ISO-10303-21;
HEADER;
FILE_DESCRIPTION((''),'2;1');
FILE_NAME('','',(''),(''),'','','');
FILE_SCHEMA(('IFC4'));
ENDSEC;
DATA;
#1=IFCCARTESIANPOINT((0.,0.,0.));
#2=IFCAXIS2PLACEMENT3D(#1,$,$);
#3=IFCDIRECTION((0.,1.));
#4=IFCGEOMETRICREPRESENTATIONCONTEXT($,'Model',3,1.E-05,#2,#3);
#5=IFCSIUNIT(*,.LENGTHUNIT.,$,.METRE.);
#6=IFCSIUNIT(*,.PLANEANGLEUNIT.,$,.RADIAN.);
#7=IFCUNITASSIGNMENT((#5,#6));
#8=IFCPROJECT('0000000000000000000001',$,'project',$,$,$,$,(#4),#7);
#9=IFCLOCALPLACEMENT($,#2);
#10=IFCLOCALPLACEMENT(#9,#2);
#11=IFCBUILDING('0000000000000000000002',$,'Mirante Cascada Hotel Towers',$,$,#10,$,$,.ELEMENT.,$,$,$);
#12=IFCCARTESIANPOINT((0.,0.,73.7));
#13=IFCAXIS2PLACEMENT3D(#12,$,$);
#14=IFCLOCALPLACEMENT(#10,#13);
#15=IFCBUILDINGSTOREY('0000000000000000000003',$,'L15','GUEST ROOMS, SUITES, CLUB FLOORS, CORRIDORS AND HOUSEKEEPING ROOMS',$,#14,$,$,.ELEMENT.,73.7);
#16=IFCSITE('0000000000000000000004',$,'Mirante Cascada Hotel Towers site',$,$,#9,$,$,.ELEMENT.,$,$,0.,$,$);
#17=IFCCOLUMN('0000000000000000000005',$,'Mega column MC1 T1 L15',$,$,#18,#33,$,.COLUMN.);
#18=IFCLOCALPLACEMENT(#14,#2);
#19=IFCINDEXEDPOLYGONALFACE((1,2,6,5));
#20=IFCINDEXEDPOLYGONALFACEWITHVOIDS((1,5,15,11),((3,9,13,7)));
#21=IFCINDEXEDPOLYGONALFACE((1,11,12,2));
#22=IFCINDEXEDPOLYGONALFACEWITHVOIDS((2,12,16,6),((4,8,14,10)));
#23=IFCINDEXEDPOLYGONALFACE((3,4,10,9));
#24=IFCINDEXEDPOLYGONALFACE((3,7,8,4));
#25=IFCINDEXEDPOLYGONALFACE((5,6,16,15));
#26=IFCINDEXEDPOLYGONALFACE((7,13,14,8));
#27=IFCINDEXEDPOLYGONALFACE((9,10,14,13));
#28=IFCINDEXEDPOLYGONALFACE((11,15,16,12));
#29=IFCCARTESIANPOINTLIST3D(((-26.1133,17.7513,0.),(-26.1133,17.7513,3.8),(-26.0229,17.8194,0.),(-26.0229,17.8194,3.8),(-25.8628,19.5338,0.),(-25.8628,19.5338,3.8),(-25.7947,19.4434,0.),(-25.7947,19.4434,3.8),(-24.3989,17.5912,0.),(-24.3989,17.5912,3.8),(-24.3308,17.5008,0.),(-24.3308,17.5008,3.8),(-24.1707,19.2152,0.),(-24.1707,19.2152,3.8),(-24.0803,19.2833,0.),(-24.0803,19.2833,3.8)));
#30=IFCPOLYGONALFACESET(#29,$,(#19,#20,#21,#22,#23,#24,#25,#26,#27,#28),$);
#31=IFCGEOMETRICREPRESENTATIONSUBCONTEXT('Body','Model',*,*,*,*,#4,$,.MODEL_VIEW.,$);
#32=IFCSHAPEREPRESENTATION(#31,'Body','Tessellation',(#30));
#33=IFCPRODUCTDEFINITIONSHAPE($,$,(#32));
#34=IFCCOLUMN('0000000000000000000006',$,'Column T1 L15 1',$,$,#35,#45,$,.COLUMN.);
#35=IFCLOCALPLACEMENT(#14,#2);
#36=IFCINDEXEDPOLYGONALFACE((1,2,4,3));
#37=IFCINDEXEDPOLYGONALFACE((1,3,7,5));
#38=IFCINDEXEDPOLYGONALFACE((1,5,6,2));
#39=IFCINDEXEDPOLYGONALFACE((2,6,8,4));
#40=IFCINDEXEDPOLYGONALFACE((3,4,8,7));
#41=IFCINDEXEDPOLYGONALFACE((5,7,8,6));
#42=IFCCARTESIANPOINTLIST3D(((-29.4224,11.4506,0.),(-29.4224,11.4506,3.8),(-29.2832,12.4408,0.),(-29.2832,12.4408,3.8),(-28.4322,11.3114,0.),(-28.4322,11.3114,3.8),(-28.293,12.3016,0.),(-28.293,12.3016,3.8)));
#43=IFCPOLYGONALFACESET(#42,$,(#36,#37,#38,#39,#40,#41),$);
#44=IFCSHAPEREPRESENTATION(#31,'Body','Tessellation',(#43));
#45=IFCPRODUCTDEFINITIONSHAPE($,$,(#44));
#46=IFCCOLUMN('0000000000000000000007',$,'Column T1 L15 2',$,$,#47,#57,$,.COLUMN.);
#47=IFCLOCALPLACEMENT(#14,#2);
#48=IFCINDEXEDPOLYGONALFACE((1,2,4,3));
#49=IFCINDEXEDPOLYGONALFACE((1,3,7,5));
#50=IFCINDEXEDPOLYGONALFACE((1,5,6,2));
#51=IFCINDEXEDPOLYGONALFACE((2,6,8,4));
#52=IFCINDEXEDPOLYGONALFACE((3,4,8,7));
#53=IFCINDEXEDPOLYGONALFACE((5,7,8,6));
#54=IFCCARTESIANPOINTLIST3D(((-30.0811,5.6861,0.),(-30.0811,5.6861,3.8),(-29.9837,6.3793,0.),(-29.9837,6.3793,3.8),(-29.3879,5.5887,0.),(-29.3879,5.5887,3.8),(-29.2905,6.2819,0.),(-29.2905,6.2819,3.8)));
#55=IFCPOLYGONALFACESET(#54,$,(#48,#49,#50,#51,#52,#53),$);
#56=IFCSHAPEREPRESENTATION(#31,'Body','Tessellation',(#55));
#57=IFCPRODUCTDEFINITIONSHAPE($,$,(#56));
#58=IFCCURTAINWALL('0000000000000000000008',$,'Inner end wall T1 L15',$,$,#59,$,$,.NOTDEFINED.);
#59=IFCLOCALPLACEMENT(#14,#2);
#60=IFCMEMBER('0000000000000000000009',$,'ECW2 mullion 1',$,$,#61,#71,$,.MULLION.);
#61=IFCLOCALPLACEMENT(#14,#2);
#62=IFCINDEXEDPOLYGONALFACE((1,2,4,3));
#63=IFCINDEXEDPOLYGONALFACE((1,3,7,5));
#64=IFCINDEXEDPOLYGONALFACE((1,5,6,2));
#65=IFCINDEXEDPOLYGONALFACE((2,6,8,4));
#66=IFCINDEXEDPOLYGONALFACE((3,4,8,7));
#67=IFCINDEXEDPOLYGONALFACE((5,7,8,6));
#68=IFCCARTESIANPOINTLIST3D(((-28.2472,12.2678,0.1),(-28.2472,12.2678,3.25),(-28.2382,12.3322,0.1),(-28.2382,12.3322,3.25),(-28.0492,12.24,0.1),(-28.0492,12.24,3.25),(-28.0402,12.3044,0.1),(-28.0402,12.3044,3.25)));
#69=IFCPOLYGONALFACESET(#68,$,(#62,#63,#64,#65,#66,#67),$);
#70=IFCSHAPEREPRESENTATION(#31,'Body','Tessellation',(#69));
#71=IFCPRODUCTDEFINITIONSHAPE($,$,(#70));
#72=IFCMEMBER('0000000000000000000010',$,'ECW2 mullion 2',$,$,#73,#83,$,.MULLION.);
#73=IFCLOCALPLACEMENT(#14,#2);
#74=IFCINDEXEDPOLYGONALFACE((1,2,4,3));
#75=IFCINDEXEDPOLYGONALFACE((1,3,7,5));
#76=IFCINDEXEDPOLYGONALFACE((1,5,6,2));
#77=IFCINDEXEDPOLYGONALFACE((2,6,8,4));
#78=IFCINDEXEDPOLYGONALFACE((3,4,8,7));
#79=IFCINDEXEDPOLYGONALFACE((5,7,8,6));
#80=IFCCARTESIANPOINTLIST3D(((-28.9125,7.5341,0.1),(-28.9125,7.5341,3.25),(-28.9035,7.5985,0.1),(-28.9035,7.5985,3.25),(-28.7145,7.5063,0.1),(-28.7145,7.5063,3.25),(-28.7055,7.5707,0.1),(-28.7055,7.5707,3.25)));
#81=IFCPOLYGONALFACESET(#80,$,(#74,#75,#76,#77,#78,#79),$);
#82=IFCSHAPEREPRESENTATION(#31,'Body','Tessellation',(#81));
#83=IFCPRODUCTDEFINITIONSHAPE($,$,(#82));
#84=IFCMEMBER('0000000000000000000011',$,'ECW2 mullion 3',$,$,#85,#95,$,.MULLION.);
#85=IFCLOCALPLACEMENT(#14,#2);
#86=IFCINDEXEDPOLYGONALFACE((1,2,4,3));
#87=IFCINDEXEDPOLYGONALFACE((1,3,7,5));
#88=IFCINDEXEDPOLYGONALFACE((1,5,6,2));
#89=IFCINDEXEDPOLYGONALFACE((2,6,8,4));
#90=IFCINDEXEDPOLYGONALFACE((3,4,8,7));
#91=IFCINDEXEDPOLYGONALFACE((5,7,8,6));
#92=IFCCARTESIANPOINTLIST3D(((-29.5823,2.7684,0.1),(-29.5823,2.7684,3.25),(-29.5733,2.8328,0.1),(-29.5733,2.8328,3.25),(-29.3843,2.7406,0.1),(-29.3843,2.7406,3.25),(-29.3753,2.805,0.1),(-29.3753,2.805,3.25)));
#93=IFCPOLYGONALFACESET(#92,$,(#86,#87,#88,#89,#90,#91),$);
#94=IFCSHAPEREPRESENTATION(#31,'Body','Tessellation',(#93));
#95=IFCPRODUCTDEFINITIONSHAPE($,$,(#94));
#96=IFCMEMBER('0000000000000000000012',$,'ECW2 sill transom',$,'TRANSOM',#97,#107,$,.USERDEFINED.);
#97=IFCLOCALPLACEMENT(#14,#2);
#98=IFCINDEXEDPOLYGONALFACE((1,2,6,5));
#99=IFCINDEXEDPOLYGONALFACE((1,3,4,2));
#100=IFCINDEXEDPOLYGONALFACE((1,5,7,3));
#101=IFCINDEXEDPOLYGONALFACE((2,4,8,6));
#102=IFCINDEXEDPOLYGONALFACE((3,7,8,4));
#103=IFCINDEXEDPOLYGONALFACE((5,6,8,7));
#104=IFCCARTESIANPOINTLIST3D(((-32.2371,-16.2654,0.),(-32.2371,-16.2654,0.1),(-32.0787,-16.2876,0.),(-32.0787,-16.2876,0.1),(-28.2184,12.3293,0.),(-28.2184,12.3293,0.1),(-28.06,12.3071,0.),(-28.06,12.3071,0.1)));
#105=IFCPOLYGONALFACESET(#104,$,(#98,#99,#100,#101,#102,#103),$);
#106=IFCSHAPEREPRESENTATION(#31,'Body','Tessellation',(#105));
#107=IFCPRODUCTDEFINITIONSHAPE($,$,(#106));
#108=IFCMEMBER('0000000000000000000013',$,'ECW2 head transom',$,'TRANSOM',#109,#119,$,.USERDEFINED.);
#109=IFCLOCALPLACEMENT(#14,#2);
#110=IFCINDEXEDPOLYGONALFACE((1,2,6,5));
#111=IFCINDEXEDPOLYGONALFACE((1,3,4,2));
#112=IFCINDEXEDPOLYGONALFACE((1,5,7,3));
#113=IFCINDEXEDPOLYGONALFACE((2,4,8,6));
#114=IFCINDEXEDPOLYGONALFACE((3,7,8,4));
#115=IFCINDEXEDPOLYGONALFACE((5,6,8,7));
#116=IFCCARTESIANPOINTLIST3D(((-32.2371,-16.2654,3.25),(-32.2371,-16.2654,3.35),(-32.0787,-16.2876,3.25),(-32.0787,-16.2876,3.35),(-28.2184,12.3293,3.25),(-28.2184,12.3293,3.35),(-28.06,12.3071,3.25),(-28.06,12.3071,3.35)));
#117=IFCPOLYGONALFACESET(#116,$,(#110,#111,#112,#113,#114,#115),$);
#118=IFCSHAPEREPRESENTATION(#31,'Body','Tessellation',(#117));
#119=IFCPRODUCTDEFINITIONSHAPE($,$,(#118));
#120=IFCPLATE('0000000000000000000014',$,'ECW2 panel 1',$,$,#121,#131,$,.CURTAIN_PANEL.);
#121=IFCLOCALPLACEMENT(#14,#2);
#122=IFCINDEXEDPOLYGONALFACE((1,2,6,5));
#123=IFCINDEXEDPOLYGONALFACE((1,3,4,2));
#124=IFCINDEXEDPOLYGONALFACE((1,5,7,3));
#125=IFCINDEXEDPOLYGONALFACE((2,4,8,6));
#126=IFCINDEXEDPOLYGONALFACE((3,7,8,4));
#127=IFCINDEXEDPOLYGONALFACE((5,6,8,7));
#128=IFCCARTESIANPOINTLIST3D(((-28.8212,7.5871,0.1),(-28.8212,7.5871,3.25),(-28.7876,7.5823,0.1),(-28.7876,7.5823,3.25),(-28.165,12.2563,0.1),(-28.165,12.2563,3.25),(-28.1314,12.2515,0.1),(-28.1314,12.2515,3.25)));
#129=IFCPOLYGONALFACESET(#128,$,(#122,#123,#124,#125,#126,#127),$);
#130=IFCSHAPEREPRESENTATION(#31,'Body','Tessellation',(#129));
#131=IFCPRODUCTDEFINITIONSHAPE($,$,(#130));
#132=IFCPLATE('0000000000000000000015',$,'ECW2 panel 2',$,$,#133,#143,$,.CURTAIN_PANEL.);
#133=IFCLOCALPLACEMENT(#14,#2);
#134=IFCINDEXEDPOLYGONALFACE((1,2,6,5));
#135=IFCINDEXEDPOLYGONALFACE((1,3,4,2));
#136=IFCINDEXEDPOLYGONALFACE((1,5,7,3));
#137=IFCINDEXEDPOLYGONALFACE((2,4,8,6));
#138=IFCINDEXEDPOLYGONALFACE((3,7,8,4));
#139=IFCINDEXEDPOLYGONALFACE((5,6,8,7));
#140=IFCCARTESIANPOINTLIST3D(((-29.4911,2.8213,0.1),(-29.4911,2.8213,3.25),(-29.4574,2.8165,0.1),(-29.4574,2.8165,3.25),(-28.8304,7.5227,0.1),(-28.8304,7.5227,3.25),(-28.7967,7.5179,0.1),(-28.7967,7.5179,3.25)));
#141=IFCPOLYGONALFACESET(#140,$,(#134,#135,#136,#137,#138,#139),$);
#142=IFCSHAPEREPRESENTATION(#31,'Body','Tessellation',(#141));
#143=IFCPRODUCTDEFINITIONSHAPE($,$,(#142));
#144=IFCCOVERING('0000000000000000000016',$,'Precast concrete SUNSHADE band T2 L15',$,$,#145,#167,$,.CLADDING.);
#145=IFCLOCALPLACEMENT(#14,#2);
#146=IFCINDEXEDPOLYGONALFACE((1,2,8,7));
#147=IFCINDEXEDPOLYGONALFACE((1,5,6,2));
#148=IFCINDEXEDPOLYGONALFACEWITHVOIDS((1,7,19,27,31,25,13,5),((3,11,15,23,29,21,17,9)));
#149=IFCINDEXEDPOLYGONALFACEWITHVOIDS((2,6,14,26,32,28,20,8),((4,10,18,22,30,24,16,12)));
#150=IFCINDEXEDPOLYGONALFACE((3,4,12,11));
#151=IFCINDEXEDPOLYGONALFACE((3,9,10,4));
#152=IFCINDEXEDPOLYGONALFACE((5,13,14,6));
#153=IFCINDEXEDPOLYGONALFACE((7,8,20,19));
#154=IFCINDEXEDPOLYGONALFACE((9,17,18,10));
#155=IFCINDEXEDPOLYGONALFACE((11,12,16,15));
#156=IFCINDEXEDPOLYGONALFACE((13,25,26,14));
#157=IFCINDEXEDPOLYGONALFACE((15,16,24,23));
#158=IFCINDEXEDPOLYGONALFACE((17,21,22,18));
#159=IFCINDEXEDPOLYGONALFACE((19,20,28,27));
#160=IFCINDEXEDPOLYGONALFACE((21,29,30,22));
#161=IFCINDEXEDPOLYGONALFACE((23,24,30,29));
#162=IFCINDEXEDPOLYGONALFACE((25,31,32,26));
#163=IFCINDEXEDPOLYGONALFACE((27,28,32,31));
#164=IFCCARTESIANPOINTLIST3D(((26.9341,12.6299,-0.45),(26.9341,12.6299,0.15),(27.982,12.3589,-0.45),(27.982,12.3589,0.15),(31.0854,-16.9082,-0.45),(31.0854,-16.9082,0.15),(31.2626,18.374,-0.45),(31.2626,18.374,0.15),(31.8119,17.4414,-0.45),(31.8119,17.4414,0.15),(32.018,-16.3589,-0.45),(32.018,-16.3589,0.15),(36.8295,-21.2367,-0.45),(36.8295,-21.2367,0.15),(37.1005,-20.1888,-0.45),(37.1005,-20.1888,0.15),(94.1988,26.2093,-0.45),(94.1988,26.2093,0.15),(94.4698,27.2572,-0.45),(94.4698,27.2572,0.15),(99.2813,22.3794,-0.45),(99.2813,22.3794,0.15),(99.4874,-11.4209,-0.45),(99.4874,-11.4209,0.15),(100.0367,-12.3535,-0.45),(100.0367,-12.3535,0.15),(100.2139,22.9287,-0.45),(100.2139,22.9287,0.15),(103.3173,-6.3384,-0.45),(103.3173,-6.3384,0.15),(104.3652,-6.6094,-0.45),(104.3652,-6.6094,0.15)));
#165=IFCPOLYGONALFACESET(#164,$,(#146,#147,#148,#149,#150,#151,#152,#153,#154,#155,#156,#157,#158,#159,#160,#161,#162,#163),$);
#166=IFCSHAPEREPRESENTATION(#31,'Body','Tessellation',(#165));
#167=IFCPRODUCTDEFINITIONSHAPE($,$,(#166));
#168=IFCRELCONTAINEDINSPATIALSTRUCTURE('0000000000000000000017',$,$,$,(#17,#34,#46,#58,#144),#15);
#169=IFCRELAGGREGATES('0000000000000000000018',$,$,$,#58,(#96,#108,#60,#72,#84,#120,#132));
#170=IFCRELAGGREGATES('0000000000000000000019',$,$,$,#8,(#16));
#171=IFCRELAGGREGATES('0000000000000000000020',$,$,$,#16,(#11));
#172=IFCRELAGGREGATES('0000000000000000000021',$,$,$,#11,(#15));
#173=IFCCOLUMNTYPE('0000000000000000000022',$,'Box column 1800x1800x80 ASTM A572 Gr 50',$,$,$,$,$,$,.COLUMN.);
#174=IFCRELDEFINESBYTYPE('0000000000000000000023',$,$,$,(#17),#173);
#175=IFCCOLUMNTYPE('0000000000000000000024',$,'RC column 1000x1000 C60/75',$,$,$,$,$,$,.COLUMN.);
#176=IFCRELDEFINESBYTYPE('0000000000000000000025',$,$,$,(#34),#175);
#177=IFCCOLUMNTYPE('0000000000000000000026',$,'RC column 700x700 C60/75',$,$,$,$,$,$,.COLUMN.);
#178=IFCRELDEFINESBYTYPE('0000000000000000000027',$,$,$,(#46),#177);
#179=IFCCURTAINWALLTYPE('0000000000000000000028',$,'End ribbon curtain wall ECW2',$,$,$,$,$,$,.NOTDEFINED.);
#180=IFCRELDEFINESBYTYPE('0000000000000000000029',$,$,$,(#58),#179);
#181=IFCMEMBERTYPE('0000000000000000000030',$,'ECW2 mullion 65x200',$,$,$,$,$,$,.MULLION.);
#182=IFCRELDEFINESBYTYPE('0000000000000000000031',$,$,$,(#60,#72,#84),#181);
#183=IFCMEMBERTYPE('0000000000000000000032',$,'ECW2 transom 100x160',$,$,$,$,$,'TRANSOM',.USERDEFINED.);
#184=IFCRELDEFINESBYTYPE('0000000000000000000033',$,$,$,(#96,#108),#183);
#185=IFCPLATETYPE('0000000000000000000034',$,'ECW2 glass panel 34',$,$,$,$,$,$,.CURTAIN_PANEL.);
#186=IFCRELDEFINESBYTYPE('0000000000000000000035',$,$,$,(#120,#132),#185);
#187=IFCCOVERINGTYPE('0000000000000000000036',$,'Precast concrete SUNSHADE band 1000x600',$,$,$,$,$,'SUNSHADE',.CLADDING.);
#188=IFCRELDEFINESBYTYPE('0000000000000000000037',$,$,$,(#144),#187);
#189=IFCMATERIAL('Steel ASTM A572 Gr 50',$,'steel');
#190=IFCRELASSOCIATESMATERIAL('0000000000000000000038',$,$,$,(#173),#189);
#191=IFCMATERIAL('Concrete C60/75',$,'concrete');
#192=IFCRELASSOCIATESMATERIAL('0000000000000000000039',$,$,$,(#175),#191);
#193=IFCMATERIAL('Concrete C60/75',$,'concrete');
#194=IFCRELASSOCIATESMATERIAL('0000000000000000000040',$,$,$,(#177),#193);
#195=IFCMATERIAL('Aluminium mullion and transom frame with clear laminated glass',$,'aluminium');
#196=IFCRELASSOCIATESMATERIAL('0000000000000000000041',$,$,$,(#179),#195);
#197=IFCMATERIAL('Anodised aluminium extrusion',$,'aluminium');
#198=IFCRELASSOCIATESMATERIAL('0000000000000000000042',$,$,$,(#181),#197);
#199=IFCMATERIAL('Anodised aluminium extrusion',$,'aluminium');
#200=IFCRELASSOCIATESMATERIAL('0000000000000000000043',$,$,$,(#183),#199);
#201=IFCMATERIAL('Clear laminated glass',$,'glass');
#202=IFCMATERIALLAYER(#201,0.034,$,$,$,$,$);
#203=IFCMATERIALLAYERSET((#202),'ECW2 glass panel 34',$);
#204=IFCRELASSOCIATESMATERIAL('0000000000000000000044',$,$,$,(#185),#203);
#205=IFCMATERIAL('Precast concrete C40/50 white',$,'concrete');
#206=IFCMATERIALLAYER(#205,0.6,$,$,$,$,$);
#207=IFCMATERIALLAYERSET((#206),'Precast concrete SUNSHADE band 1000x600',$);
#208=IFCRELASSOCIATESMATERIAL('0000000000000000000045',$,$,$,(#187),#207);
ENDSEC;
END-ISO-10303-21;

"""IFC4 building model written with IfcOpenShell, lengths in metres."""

from ifc_helpers import new_model, si_unit, direction, frame, origin, origin_2d, place, context, subcontext, project, spatial, polyline, rectangle, hollow_rectangle, outline, extrude, material, layer, layer_set, material_profile, profile_set, type_object, element, aggregate, save


model = new_model("IFC4")

# Units and contexts
model_context = context("Model", 3, precision=1e-05, world=origin(), true_north=direction((0.0, 1.0)))
body_context = subcontext(model_context, "Body", "Model", "MODEL_VIEW")
ifc_project = project(units=[si_unit("LENGTHUNIT", "METRE"), si_unit("PLANEANGLEUNIT", "RADIAN")], contexts=[model_context])

# Site, building, storey
site_placement = place(None, origin())
site = spatial("IfcSite", under=ifc_project, at=site_placement, Name="Mirante Cascada Hotel Towers site", CompositionType="ELEMENT", RefElevation=0.0)
building_placement = place(site_placement, origin())
building = spatial("IfcBuilding", under=site, at=building_placement, Name="Mirante Cascada Hotel Towers", CompositionType="ELEMENT")
storey_placement = place(building_placement, frame((0.0, 0.0, 73.7)))
storey = spatial("IfcBuildingStorey", under=building, at=storey_placement, Name="L15", Description="GUEST ROOMS, SUITES, CLUB FLOORS, CORRIDORS AND HOUSEKEEPING ROOMS", CompositionType="ELEMENT", Elevation=73.7)

# Columns
ifc_material_1 = material(Name="Steel ASTM A572 Gr 50", Category="steel")
ifc_material_profile_1 = material_profile(ifc_material_1, hollow_rectangle(XDim=1.8, YDim=1.8, WallThickness=0.08, at=origin_2d()), Name="Box column 1800x1800x80 ASTM A572 Gr 50")
ifc_profile_set_1 = profile_set([ifc_material_profile_1], Name="Steel ASTM A572 Gr 50")
column_type_1 = type_object("IfcColumnType", Name="Box column 1800x1800x80 ASTM A572 Gr 50", PredefinedType="COLUMN", material=ifc_profile_set_1)
column_1_placement = place(storey_placement, frame((-25.0968, 18.5173, 0.0), z_axis=(0.0, 0.0, 1.0), x_axis=(-0.990268, 0.139173, 0.0)))
element("IfcColumn", 1, at=column_1_placement, inside=storey, type_object=column_type_1, Name="Mega column MC1 T1 L15", PredefinedType="COLUMN", context=body_context, shape_type="SweptSolid", body=[
    extrude(hollow_rectangle(XDim=1.8, YDim=1.8, WallThickness=0.08, at=origin_2d()), origin(), (0.0, 0.0, 1.0), 3.8),
])
ifc_material_2 = material(Name="Concrete C60/75", Category="concrete")
ifc_material_profile_2 = material_profile(ifc_material_2, rectangle(XDim=1.0, YDim=1.0, at=origin_2d()), Name="RC column 1000x1000 C60/75")
ifc_profile_set_2 = profile_set([ifc_material_profile_2], Name="Concrete C60/75")
column_type_2 = type_object("IfcColumnType", Name="RC column 1000x1000 C60/75", PredefinedType="COLUMN", material=ifc_profile_set_2)
column_2_placement = place(storey_placement, frame((-28.8577, 11.8761, 0.0), z_axis=(0.0, 0.0, 1.0), x_axis=(-0.990268, 0.139173, 0.0)))
element("IfcColumn", 2, at=column_2_placement, inside=storey, type_object=column_type_2, Name="Column T1 L15 1", PredefinedType="COLUMN", context=body_context, shape_type="SweptSolid", body=[
    extrude(rectangle(XDim=1.0, YDim=1.0, at=origin_2d()), origin(), (0.0, 0.0, 1.0), 3.8),
])
ifc_material_3 = material(Name="Concrete C60/75", Category="concrete")
ifc_material_profile_3 = material_profile(ifc_material_3, rectangle(XDim=0.7, YDim=0.7, at=origin_2d()), Name="RC column 700x700 C60/75")
ifc_profile_set_3 = profile_set([ifc_material_profile_3], Name="Concrete C60/75")
column_type_3 = type_object("IfcColumnType", Name="RC column 700x700 C60/75", PredefinedType="COLUMN", material=ifc_profile_set_3)
column_3_placement = place(storey_placement, frame((-29.6858, 5.984, 0.0), z_axis=(0.0, 0.0, 1.0), x_axis=(-0.990268, 0.139173, 0.0)))
element("IfcColumn", 3, at=column_3_placement, inside=storey, type_object=column_type_3, Name="Column T1 L15 2", PredefinedType="COLUMN", context=body_context, shape_type="SweptSolid", body=[
    extrude(rectangle(XDim=0.7, YDim=0.7, at=origin_2d()), origin(), (0.0, 0.0, 1.0), 3.8),
])

# Curtain wall, members, plates
ifc_material_4 = material(Name="Aluminium mullion and transom frame with clear laminated glass", Category="aluminium")
curtain_wall_type = type_object("IfcCurtainWallType", Name="End ribbon curtain wall ECW2", PredefinedType="NOTDEFINED", material=ifc_material_4)
curtain_wall_placement = place(storey_placement, origin())
curtain_wall = element("IfcCurtainWall", 4, at=curtain_wall_placement, inside=storey, type_object=curtain_wall_type, Name="Inner end wall T1 L15", PredefinedType="NOTDEFINED")
ifc_material_5 = material(Name="Anodised aluminium extrusion", Category="aluminium")
ifc_material_profile_4 = material_profile(ifc_material_5, rectangle(XDim=0.2, YDim=0.065, at=origin_2d()), Name="ECW2 MULLION 65x200")
ifc_profile_set_4 = profile_set([ifc_material_profile_4], Name="Anodised aluminium extrusion")
member_type_1 = type_object("IfcMemberType", Name="ECW2 mullion 65x200", PredefinedType="MULLION", material=ifc_profile_set_4)
member_1_placement = place(storey_placement, frame((-28.1437, 12.2861, 0.1), z_axis=(0.0, 0.0, 1.0), x_axis=(0.990268, -0.139173, 0.0)))
member_1 = element("IfcMember", 5, at=member_1_placement, type_object=member_type_1, Name="ECW2 mullion 1", PredefinedType="MULLION", context=body_context, shape_type="SweptSolid", body=[
    extrude(rectangle(XDim=0.2, YDim=0.065, at=origin_2d()), origin(), (0.0, 0.0, 1.0), 3.15),
])
member_2_placement = place(storey_placement, frame((-28.809, 7.5524, 0.1), z_axis=(0.0, 0.0, 1.0), x_axis=(0.990268, -0.139173, 0.0)))
member_2 = element("IfcMember", 6, at=member_2_placement, type_object=member_type_1, Name="ECW2 mullion 2", PredefinedType="MULLION", context=body_context, shape_type="SweptSolid", body=[
    extrude(rectangle(XDim=0.2, YDim=0.065, at=origin_2d()), origin(), (0.0, 0.0, 1.0), 3.15),
])
member_3_placement = place(storey_placement, frame((-29.4788, 2.7867, 0.1), z_axis=(0.0, 0.0, 1.0), x_axis=(0.990268, -0.139173, 0.0)))
member_3 = element("IfcMember", 7, at=member_3_placement, type_object=member_type_1, Name="ECW2 mullion 3", PredefinedType="MULLION", context=body_context, shape_type="SweptSolid", body=[
    extrude(rectangle(XDim=0.2, YDim=0.065, at=origin_2d()), origin(), (0.0, 0.0, 1.0), 3.15),
])
ifc_material_6 = material(Name="Anodised aluminium extrusion", Category="aluminium")
ifc_material_profile_5 = material_profile(ifc_material_6, rectangle(XDim=0.16, YDim=0.1, at=origin_2d()), Name="ECW2 TRANSOM 100x160")
ifc_profile_set_5 = profile_set([ifc_material_profile_5], Name="Anodised aluminium extrusion")
member_type_2 = type_object("IfcMemberType", Name="ECW2 transom 100x160", ElementType="TRANSOM", PredefinedType="USERDEFINED", material=ifc_profile_set_5)
member_4_placement = place(storey_placement, frame((-28.1392, 12.3182, 0.05), z_axis=(-0.139172, -0.990268, 0.0), x_axis=(0.990268, -0.139172, 0.0)))
member_4 = element("IfcMember", 8, at=member_4_placement, type_object=member_type_2, Name="ECW2 sill transom", ObjectType="TRANSOM", PredefinedType="USERDEFINED", context=body_context, shape_type="SweptSolid", body=[
    extrude(rectangle(XDim=0.16, YDim=0.1, at=origin_2d()), origin(), (0.0, 0.0, 1.0), 28.8757),
])
member_5_placement = place(storey_placement, frame((-28.1392, 12.3182, 3.3), z_axis=(-0.139172, -0.990268, 0.0), x_axis=(0.990268, -0.139172, 0.0)))
member_5 = element("IfcMember", 9, at=member_5_placement, type_object=member_type_2, Name="ECW2 head transom", ObjectType="TRANSOM", PredefinedType="USERDEFINED", context=body_context, shape_type="SweptSolid", body=[
    extrude(rectangle(XDim=0.16, YDim=0.1, at=origin_2d()), origin(), (0.0, 0.0, 1.0), 28.8757),
])
ifc_material_7 = material(Name="Clear laminated glass", Category="glass")
ifc_layer_1 = layer(ifc_material_7, 0.034)
ifc_layer_set_1 = layer_set([ifc_layer_1], Name="ECW2 glass panel 34")
plate_type = type_object("IfcPlateType", Name="ECW2 glass panel 34", PredefinedType="CURTAIN_PANEL", material=ifc_layer_set_1)
plate_1_placement = place(storey_placement, frame((-28.4763, 9.9193, 0.1), z_axis=(0.0, 0.0, 1.0), x_axis=(-0.139173, -0.990268, 0.0)))
plate_1 = element("IfcPlate", 10, at=plate_1_placement, type_object=plate_type, Name="ECW2 panel 1", PredefinedType="CURTAIN_PANEL", context=body_context, shape_type="SweptSolid", body=[
    extrude(rectangle(XDim=4.7151, YDim=0.034, at=origin_2d()), origin(), (0.0, 0.0, 1.0), 3.15),
])
plate_2_placement = place(storey_placement, frame((-29.1439, 5.1696, 0.1), z_axis=(0.0, 0.0, 1.0), x_axis=(-0.139173, -0.990268, 0.0)))
plate_2 = element("IfcPlate", 11, at=plate_2_placement, type_object=plate_type, Name="ECW2 panel 2", PredefinedType="CURTAIN_PANEL", context=body_context, shape_type="SweptSolid", body=[
    extrude(rectangle(XDim=4.7476, YDim=0.034, at=origin_2d()), origin(), (0.0, 0.0, 1.0), 3.15),
])
aggregate(curtain_wall, [member_4, member_5, member_1, member_2, member_3, plate_1, plate_2])

# Covering
ifc_material_8 = material(Name="Precast concrete C40/50 white", Category="concrete")
ifc_layer_2 = layer(ifc_material_8, 0.6)
ifc_layer_set_2 = layer_set([ifc_layer_2], Name="Precast concrete SUNSHADE band 1000x600")
covering_type = type_object("IfcCoveringType", Name="Precast concrete SUNSHADE band 1000x600", ElementType="SUNSHADE", PredefinedType="CLADDING", material=ifc_layer_set_2)
covering_placement = place(storey_placement, frame((0.0, 0.0, -0.45)))
element("IfcCovering", 12, at=covering_placement, inside=storey, type_object=covering_type, Name="Precast concrete SUNSHADE band T2 L15", PredefinedType="CLADDING", context=body_context, shape_type="SweptSolid", body=[
    extrude(outline(polyline([(26.9341, 12.6299), (31.2626, 18.374), (94.4698, 27.2572), (100.2139, 22.9287), (104.3652, -6.6094), (100.0367, -12.3535), (36.8295, -21.2367), (31.0854, -16.9082), (26.9341, 12.6299)]), holes=[polyline([(103.3173, -6.3384), (99.2813, 22.3794), (94.1988, 26.2093), (31.8119, 17.4414), (27.982, 12.3589), (32.018, -16.3589), (37.1005, -20.1888), (99.4874, -11.4209), (103.3173, -6.3384)])]), origin(), (0.0, 0.0, 1.0), 0.6),
])

save(model, "model.ifc")
